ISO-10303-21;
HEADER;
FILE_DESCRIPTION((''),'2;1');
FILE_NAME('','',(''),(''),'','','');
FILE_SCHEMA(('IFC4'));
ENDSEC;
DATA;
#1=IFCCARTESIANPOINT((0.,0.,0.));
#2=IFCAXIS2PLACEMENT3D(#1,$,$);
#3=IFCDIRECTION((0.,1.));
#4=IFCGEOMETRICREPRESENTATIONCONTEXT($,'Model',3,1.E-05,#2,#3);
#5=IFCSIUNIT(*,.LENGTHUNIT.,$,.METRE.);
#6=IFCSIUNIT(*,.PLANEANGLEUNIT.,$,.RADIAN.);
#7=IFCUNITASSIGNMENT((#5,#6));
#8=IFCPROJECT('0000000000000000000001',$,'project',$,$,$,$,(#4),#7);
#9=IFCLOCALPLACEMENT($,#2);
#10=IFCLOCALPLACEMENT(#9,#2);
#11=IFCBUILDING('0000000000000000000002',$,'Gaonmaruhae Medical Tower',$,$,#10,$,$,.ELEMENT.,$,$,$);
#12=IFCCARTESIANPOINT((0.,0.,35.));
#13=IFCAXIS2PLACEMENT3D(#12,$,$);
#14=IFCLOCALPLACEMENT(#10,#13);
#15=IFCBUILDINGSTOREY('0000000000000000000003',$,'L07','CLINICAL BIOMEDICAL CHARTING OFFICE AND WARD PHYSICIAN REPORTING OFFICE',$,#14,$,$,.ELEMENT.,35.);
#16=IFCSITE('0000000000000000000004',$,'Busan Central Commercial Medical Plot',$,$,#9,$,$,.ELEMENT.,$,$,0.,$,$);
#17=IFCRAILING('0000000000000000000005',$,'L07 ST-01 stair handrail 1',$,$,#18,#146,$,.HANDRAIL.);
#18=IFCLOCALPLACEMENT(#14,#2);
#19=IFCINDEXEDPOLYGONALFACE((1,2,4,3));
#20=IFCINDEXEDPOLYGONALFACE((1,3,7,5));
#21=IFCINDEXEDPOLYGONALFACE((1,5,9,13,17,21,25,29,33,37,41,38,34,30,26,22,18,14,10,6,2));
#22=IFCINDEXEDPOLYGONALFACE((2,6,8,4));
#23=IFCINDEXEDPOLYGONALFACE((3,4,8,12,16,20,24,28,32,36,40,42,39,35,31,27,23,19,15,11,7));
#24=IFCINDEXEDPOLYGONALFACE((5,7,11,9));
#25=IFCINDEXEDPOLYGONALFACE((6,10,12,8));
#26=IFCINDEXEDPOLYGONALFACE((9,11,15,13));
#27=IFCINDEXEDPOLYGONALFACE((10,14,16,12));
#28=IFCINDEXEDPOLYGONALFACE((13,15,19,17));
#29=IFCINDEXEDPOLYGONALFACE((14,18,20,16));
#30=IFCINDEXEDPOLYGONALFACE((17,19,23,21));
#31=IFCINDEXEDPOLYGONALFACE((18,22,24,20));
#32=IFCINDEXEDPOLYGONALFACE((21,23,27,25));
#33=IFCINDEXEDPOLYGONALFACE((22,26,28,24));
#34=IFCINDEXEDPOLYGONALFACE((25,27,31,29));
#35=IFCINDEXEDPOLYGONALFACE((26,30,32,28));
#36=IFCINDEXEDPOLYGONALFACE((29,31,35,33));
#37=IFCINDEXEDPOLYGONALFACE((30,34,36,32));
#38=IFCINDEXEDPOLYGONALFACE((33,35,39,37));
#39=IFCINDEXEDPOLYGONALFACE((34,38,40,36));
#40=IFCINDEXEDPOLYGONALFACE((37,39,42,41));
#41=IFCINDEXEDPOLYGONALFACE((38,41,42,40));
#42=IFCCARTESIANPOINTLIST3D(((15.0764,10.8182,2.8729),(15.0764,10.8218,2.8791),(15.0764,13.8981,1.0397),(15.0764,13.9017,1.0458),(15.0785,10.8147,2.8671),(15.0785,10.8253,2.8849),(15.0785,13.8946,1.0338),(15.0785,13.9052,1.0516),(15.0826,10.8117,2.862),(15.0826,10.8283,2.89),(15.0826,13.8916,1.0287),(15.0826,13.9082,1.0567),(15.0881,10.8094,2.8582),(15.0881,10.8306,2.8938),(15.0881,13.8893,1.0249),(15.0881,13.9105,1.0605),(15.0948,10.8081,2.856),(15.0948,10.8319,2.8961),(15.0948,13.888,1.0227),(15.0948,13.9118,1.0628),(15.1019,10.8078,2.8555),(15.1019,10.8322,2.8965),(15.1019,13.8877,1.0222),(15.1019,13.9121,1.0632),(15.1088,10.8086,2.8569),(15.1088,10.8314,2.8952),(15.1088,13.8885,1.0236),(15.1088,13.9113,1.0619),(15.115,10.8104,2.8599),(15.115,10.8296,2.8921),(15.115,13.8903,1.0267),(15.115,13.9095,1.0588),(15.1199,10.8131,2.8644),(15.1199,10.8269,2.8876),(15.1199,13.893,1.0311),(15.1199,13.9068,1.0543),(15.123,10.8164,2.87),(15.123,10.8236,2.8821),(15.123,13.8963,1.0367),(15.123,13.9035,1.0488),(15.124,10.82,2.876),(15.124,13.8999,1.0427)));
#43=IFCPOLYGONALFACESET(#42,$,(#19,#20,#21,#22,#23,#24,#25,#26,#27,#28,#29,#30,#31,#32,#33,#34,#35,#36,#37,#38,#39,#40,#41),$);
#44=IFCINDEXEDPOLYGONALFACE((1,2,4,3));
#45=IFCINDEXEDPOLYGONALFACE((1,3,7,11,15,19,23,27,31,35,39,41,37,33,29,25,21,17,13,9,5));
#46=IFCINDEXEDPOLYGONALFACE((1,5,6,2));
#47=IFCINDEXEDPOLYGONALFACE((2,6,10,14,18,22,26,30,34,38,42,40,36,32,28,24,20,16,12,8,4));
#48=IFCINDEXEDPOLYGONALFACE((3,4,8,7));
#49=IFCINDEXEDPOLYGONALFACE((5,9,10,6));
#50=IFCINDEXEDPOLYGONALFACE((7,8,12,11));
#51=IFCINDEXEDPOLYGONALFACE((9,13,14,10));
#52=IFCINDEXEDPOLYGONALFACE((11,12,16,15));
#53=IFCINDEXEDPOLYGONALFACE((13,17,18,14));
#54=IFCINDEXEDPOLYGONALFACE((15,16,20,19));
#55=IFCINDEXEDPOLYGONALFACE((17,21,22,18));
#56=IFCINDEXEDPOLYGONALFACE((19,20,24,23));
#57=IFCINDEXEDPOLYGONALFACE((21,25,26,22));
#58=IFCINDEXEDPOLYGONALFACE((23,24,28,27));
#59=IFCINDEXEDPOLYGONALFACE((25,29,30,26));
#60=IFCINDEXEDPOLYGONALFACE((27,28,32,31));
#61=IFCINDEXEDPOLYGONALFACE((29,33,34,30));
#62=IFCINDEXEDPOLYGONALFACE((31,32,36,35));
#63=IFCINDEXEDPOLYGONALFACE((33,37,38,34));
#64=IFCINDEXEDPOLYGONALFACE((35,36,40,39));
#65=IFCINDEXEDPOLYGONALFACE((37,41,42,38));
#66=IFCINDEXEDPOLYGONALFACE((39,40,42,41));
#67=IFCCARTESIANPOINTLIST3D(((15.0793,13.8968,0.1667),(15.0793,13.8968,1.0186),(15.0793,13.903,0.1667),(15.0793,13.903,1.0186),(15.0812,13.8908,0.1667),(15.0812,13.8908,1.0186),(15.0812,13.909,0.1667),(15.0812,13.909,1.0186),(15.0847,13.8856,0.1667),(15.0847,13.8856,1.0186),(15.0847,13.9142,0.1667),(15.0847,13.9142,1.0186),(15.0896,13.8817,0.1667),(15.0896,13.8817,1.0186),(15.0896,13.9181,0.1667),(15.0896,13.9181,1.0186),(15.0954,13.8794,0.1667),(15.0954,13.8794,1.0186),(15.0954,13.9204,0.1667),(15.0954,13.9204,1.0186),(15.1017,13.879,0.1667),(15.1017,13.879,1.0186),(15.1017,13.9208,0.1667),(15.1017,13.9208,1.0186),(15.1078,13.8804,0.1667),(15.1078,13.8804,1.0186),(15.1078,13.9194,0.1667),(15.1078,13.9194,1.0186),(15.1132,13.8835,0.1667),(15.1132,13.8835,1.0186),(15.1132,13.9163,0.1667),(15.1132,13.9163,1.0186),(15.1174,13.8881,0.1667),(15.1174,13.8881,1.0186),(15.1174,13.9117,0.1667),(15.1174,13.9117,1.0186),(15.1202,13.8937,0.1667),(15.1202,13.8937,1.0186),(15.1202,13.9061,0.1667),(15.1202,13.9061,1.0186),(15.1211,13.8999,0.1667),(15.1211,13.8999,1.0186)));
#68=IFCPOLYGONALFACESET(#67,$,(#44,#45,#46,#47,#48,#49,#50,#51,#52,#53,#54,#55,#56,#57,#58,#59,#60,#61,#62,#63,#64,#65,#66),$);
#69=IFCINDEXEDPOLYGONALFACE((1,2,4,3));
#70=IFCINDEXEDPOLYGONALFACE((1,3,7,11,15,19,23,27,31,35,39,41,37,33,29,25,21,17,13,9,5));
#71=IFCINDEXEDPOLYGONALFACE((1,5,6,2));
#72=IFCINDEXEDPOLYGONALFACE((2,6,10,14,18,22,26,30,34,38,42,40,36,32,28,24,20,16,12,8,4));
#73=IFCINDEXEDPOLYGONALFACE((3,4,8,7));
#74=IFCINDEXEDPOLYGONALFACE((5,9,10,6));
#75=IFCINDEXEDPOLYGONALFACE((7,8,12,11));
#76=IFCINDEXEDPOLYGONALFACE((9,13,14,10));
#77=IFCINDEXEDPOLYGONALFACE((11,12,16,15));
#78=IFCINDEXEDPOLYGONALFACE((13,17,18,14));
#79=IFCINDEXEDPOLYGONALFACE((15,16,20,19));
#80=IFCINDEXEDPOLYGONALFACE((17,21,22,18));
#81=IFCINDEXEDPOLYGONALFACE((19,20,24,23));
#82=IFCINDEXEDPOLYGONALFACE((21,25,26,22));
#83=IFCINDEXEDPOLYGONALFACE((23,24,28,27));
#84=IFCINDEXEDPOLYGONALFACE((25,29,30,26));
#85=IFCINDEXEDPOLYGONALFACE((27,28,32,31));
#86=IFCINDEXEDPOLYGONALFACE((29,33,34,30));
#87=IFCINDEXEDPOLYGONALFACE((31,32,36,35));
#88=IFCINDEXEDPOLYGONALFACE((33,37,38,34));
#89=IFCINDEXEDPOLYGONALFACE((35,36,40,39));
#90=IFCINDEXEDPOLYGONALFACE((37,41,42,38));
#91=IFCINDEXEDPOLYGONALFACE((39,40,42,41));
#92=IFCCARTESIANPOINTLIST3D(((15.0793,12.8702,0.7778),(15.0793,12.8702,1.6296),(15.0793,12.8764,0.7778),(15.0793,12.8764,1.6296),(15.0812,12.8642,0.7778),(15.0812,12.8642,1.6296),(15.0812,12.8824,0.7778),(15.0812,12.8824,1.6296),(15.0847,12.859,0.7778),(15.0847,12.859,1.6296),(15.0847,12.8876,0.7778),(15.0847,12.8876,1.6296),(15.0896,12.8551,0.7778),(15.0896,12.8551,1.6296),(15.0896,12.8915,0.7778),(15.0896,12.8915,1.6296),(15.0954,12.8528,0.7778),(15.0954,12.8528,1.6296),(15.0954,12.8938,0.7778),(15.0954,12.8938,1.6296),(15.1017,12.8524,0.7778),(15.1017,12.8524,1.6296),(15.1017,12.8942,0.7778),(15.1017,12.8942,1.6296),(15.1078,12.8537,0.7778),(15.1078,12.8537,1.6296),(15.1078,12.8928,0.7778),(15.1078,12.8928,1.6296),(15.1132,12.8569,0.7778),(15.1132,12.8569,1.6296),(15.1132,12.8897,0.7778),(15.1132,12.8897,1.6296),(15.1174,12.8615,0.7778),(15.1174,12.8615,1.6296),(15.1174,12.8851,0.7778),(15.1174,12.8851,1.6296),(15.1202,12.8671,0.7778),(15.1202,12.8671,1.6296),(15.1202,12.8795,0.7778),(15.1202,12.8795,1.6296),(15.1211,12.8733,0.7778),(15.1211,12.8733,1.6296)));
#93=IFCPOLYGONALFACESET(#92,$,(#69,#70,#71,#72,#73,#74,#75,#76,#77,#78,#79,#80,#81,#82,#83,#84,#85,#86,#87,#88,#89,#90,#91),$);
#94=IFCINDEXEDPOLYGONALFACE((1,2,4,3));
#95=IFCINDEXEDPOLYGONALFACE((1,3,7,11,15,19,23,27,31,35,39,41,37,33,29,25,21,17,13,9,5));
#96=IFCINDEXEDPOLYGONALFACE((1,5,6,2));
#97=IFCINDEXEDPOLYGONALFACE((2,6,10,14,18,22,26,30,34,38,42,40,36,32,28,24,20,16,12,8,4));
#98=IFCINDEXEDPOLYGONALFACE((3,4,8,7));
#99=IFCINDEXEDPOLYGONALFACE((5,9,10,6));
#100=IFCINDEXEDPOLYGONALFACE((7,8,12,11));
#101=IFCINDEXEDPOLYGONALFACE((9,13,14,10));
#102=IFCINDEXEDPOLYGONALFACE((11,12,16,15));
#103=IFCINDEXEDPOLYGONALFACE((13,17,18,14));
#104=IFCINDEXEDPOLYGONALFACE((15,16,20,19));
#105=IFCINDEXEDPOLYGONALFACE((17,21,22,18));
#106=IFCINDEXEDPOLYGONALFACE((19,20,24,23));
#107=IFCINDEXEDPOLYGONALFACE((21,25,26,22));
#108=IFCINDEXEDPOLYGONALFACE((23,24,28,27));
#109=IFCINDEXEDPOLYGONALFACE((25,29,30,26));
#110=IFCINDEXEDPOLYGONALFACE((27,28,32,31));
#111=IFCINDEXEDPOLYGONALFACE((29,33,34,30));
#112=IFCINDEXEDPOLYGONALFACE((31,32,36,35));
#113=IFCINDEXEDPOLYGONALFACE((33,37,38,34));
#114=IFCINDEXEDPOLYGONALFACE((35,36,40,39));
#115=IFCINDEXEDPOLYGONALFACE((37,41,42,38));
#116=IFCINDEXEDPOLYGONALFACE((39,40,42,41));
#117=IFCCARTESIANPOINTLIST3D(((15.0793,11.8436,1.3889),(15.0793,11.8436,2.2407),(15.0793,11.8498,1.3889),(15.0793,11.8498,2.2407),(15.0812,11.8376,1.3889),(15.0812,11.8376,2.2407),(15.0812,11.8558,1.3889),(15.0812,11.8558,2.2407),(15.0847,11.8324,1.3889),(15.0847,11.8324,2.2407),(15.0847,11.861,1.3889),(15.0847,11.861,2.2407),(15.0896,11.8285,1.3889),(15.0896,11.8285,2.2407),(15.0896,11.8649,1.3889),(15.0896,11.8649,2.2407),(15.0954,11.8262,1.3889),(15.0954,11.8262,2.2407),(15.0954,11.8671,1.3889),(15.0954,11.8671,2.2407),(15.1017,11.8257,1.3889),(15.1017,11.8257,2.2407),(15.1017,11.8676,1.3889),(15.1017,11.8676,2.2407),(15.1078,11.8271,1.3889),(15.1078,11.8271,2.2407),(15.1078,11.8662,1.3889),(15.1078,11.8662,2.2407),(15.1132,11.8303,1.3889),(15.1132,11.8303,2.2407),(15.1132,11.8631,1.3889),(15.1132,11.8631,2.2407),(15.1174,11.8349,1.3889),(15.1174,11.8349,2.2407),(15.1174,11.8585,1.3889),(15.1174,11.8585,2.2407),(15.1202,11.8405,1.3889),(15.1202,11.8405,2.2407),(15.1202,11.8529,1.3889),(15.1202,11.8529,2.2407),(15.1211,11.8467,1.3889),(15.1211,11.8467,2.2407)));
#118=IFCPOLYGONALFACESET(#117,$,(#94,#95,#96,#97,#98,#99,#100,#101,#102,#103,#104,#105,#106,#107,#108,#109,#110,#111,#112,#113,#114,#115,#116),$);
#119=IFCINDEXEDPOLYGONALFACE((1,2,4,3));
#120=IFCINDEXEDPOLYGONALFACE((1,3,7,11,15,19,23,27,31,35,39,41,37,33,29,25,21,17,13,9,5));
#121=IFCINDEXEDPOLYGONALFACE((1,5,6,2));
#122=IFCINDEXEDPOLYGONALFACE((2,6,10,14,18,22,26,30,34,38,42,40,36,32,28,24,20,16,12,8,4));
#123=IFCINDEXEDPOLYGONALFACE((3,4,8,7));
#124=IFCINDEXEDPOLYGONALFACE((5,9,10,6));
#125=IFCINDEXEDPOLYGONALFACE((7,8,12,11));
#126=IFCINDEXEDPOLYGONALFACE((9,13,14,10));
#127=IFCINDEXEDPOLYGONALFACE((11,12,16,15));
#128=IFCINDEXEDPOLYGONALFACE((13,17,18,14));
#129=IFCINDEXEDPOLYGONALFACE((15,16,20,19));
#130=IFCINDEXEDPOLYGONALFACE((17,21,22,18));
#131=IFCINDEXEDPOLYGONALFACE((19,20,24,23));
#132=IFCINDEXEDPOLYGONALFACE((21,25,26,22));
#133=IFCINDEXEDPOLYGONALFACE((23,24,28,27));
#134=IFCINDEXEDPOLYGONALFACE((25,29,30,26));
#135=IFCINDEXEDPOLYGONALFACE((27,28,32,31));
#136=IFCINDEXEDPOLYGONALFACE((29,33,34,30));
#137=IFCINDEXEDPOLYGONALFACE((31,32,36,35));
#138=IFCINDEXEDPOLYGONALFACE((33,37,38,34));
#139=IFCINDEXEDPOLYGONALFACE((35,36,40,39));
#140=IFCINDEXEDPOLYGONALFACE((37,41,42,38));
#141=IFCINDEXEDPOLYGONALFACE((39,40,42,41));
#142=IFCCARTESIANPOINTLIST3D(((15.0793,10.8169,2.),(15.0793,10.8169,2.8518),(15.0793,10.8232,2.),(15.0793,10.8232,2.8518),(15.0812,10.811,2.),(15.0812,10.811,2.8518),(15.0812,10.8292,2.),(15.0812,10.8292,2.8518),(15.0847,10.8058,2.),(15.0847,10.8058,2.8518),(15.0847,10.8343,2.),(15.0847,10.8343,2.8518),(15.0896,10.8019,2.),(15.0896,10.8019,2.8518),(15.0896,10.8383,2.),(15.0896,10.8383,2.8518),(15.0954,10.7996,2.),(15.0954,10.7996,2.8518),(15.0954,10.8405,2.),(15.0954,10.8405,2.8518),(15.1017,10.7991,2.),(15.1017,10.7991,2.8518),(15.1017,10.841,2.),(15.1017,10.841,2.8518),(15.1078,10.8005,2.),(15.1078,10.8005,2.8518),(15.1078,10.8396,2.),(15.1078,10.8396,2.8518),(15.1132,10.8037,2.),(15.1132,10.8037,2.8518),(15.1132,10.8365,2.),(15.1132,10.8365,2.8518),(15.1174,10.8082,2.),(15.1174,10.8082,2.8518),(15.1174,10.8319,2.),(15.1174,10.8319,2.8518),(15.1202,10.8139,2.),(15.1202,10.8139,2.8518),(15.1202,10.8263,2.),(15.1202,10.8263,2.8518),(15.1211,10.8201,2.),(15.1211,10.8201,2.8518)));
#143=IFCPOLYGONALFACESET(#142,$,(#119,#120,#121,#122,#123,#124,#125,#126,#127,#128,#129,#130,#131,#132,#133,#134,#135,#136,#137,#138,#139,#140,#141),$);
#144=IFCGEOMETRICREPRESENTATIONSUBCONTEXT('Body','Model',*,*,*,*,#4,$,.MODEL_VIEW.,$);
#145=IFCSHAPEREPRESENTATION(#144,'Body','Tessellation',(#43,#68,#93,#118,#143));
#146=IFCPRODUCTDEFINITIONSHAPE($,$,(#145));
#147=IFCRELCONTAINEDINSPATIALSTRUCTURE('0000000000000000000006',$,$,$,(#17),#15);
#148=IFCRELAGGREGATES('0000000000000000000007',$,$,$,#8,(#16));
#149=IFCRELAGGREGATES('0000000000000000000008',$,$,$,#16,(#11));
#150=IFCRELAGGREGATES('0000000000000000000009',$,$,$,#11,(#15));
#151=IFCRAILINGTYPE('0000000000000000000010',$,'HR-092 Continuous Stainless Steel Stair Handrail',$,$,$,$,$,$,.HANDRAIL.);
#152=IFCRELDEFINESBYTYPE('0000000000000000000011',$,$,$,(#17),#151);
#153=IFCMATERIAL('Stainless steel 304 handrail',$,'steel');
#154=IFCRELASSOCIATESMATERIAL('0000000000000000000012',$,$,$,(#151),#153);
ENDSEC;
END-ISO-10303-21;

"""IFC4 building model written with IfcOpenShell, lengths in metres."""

from ifc_helpers import new_model, si_unit, direction, frame, origin, origin_2d, place, context, subcontext, project, spatial, circle, extrude, material, type_object, element, save


model = new_model("IFC4")

# Units and contexts
model_context = context("Model", 3, precision=1e-05, world=origin(), true_north=direction((0.0, 1.0)))
body_context = subcontext(model_context, "Body", "Model", "MODEL_VIEW")
ifc_project = project(units=[si_unit("LENGTHUNIT", "METRE"), si_unit("PLANEANGLEUNIT", "RADIAN")], contexts=[model_context])

# Site, building, storey
site_placement = place(None, origin())
site = spatial("IfcSite", under=ifc_project, at=site_placement, Name="Busan Central Commercial Medical Plot", CompositionType="ELEMENT", RefElevation=0.0)
building_placement = place(site_placement, origin())
building = spatial("IfcBuilding", under=site, at=building_placement, Name="Gaonmaruhae Medical Tower", CompositionType="ELEMENT")
storey_placement = place(building_placement, frame((0.0, 0.0, 35.0)))
storey = spatial("IfcBuildingStorey", under=building, at=storey_placement, Name="L07", Description="CLINICAL BIOMEDICAL CHARTING OFFICE AND WARD PHYSICIAN REPORTING OFFICE", CompositionType="ELEMENT", Elevation=35.0)

# Railing
ifc_material_1 = material(Name="Stainless steel 304 handrail", Category="steel")
railing_type_1 = type_object("IfcRailingType", Name="HR-092 Continuous Stainless Steel Stair Handrail", PredefinedType="HANDRAIL", material=ifc_material_1)
railing_1_placement = place(storey_placement, frame((15.1001, 13.8999, 0.1667)))
element("IfcRailing", 1, at=railing_1_placement, inside=storey, type_object=railing_type_1, Name="L07 ST-01 stair handrail 1", PredefinedType="HANDRAIL", context=body_context, shape_type="SweptSolid", body=[
    extrude(circle(Radius=0.0239, at=origin_2d()), frame((0.0, 0.0, 0.876), z_axis=(0.0, -0.859291, 0.511487), x_axis=(1.0, 0.0, 0.0)), (0.0, 0.0, 1.0), 3.5842),
    extrude(circle(Radius=0.021, at=origin_2d()), origin(), (0.0, 0.0, 1.0), 0.8518),
    extrude(circle(Radius=0.021, at=origin_2d()), frame((0.0, -1.0266, 0.6111)), (0.0, 0.0, 1.0), 0.8518),
    extrude(circle(Radius=0.021, at=origin_2d()), frame((0.0, -2.0532, 1.2222)), (0.0, 0.0, 1.0), 0.8518),
    extrude(circle(Radius=0.021, at=origin_2d()), frame((0.0, -3.0798, 1.8333)), (0.0, 0.0, 1.0), 0.8518),
])

save(model, "model.ifc")
